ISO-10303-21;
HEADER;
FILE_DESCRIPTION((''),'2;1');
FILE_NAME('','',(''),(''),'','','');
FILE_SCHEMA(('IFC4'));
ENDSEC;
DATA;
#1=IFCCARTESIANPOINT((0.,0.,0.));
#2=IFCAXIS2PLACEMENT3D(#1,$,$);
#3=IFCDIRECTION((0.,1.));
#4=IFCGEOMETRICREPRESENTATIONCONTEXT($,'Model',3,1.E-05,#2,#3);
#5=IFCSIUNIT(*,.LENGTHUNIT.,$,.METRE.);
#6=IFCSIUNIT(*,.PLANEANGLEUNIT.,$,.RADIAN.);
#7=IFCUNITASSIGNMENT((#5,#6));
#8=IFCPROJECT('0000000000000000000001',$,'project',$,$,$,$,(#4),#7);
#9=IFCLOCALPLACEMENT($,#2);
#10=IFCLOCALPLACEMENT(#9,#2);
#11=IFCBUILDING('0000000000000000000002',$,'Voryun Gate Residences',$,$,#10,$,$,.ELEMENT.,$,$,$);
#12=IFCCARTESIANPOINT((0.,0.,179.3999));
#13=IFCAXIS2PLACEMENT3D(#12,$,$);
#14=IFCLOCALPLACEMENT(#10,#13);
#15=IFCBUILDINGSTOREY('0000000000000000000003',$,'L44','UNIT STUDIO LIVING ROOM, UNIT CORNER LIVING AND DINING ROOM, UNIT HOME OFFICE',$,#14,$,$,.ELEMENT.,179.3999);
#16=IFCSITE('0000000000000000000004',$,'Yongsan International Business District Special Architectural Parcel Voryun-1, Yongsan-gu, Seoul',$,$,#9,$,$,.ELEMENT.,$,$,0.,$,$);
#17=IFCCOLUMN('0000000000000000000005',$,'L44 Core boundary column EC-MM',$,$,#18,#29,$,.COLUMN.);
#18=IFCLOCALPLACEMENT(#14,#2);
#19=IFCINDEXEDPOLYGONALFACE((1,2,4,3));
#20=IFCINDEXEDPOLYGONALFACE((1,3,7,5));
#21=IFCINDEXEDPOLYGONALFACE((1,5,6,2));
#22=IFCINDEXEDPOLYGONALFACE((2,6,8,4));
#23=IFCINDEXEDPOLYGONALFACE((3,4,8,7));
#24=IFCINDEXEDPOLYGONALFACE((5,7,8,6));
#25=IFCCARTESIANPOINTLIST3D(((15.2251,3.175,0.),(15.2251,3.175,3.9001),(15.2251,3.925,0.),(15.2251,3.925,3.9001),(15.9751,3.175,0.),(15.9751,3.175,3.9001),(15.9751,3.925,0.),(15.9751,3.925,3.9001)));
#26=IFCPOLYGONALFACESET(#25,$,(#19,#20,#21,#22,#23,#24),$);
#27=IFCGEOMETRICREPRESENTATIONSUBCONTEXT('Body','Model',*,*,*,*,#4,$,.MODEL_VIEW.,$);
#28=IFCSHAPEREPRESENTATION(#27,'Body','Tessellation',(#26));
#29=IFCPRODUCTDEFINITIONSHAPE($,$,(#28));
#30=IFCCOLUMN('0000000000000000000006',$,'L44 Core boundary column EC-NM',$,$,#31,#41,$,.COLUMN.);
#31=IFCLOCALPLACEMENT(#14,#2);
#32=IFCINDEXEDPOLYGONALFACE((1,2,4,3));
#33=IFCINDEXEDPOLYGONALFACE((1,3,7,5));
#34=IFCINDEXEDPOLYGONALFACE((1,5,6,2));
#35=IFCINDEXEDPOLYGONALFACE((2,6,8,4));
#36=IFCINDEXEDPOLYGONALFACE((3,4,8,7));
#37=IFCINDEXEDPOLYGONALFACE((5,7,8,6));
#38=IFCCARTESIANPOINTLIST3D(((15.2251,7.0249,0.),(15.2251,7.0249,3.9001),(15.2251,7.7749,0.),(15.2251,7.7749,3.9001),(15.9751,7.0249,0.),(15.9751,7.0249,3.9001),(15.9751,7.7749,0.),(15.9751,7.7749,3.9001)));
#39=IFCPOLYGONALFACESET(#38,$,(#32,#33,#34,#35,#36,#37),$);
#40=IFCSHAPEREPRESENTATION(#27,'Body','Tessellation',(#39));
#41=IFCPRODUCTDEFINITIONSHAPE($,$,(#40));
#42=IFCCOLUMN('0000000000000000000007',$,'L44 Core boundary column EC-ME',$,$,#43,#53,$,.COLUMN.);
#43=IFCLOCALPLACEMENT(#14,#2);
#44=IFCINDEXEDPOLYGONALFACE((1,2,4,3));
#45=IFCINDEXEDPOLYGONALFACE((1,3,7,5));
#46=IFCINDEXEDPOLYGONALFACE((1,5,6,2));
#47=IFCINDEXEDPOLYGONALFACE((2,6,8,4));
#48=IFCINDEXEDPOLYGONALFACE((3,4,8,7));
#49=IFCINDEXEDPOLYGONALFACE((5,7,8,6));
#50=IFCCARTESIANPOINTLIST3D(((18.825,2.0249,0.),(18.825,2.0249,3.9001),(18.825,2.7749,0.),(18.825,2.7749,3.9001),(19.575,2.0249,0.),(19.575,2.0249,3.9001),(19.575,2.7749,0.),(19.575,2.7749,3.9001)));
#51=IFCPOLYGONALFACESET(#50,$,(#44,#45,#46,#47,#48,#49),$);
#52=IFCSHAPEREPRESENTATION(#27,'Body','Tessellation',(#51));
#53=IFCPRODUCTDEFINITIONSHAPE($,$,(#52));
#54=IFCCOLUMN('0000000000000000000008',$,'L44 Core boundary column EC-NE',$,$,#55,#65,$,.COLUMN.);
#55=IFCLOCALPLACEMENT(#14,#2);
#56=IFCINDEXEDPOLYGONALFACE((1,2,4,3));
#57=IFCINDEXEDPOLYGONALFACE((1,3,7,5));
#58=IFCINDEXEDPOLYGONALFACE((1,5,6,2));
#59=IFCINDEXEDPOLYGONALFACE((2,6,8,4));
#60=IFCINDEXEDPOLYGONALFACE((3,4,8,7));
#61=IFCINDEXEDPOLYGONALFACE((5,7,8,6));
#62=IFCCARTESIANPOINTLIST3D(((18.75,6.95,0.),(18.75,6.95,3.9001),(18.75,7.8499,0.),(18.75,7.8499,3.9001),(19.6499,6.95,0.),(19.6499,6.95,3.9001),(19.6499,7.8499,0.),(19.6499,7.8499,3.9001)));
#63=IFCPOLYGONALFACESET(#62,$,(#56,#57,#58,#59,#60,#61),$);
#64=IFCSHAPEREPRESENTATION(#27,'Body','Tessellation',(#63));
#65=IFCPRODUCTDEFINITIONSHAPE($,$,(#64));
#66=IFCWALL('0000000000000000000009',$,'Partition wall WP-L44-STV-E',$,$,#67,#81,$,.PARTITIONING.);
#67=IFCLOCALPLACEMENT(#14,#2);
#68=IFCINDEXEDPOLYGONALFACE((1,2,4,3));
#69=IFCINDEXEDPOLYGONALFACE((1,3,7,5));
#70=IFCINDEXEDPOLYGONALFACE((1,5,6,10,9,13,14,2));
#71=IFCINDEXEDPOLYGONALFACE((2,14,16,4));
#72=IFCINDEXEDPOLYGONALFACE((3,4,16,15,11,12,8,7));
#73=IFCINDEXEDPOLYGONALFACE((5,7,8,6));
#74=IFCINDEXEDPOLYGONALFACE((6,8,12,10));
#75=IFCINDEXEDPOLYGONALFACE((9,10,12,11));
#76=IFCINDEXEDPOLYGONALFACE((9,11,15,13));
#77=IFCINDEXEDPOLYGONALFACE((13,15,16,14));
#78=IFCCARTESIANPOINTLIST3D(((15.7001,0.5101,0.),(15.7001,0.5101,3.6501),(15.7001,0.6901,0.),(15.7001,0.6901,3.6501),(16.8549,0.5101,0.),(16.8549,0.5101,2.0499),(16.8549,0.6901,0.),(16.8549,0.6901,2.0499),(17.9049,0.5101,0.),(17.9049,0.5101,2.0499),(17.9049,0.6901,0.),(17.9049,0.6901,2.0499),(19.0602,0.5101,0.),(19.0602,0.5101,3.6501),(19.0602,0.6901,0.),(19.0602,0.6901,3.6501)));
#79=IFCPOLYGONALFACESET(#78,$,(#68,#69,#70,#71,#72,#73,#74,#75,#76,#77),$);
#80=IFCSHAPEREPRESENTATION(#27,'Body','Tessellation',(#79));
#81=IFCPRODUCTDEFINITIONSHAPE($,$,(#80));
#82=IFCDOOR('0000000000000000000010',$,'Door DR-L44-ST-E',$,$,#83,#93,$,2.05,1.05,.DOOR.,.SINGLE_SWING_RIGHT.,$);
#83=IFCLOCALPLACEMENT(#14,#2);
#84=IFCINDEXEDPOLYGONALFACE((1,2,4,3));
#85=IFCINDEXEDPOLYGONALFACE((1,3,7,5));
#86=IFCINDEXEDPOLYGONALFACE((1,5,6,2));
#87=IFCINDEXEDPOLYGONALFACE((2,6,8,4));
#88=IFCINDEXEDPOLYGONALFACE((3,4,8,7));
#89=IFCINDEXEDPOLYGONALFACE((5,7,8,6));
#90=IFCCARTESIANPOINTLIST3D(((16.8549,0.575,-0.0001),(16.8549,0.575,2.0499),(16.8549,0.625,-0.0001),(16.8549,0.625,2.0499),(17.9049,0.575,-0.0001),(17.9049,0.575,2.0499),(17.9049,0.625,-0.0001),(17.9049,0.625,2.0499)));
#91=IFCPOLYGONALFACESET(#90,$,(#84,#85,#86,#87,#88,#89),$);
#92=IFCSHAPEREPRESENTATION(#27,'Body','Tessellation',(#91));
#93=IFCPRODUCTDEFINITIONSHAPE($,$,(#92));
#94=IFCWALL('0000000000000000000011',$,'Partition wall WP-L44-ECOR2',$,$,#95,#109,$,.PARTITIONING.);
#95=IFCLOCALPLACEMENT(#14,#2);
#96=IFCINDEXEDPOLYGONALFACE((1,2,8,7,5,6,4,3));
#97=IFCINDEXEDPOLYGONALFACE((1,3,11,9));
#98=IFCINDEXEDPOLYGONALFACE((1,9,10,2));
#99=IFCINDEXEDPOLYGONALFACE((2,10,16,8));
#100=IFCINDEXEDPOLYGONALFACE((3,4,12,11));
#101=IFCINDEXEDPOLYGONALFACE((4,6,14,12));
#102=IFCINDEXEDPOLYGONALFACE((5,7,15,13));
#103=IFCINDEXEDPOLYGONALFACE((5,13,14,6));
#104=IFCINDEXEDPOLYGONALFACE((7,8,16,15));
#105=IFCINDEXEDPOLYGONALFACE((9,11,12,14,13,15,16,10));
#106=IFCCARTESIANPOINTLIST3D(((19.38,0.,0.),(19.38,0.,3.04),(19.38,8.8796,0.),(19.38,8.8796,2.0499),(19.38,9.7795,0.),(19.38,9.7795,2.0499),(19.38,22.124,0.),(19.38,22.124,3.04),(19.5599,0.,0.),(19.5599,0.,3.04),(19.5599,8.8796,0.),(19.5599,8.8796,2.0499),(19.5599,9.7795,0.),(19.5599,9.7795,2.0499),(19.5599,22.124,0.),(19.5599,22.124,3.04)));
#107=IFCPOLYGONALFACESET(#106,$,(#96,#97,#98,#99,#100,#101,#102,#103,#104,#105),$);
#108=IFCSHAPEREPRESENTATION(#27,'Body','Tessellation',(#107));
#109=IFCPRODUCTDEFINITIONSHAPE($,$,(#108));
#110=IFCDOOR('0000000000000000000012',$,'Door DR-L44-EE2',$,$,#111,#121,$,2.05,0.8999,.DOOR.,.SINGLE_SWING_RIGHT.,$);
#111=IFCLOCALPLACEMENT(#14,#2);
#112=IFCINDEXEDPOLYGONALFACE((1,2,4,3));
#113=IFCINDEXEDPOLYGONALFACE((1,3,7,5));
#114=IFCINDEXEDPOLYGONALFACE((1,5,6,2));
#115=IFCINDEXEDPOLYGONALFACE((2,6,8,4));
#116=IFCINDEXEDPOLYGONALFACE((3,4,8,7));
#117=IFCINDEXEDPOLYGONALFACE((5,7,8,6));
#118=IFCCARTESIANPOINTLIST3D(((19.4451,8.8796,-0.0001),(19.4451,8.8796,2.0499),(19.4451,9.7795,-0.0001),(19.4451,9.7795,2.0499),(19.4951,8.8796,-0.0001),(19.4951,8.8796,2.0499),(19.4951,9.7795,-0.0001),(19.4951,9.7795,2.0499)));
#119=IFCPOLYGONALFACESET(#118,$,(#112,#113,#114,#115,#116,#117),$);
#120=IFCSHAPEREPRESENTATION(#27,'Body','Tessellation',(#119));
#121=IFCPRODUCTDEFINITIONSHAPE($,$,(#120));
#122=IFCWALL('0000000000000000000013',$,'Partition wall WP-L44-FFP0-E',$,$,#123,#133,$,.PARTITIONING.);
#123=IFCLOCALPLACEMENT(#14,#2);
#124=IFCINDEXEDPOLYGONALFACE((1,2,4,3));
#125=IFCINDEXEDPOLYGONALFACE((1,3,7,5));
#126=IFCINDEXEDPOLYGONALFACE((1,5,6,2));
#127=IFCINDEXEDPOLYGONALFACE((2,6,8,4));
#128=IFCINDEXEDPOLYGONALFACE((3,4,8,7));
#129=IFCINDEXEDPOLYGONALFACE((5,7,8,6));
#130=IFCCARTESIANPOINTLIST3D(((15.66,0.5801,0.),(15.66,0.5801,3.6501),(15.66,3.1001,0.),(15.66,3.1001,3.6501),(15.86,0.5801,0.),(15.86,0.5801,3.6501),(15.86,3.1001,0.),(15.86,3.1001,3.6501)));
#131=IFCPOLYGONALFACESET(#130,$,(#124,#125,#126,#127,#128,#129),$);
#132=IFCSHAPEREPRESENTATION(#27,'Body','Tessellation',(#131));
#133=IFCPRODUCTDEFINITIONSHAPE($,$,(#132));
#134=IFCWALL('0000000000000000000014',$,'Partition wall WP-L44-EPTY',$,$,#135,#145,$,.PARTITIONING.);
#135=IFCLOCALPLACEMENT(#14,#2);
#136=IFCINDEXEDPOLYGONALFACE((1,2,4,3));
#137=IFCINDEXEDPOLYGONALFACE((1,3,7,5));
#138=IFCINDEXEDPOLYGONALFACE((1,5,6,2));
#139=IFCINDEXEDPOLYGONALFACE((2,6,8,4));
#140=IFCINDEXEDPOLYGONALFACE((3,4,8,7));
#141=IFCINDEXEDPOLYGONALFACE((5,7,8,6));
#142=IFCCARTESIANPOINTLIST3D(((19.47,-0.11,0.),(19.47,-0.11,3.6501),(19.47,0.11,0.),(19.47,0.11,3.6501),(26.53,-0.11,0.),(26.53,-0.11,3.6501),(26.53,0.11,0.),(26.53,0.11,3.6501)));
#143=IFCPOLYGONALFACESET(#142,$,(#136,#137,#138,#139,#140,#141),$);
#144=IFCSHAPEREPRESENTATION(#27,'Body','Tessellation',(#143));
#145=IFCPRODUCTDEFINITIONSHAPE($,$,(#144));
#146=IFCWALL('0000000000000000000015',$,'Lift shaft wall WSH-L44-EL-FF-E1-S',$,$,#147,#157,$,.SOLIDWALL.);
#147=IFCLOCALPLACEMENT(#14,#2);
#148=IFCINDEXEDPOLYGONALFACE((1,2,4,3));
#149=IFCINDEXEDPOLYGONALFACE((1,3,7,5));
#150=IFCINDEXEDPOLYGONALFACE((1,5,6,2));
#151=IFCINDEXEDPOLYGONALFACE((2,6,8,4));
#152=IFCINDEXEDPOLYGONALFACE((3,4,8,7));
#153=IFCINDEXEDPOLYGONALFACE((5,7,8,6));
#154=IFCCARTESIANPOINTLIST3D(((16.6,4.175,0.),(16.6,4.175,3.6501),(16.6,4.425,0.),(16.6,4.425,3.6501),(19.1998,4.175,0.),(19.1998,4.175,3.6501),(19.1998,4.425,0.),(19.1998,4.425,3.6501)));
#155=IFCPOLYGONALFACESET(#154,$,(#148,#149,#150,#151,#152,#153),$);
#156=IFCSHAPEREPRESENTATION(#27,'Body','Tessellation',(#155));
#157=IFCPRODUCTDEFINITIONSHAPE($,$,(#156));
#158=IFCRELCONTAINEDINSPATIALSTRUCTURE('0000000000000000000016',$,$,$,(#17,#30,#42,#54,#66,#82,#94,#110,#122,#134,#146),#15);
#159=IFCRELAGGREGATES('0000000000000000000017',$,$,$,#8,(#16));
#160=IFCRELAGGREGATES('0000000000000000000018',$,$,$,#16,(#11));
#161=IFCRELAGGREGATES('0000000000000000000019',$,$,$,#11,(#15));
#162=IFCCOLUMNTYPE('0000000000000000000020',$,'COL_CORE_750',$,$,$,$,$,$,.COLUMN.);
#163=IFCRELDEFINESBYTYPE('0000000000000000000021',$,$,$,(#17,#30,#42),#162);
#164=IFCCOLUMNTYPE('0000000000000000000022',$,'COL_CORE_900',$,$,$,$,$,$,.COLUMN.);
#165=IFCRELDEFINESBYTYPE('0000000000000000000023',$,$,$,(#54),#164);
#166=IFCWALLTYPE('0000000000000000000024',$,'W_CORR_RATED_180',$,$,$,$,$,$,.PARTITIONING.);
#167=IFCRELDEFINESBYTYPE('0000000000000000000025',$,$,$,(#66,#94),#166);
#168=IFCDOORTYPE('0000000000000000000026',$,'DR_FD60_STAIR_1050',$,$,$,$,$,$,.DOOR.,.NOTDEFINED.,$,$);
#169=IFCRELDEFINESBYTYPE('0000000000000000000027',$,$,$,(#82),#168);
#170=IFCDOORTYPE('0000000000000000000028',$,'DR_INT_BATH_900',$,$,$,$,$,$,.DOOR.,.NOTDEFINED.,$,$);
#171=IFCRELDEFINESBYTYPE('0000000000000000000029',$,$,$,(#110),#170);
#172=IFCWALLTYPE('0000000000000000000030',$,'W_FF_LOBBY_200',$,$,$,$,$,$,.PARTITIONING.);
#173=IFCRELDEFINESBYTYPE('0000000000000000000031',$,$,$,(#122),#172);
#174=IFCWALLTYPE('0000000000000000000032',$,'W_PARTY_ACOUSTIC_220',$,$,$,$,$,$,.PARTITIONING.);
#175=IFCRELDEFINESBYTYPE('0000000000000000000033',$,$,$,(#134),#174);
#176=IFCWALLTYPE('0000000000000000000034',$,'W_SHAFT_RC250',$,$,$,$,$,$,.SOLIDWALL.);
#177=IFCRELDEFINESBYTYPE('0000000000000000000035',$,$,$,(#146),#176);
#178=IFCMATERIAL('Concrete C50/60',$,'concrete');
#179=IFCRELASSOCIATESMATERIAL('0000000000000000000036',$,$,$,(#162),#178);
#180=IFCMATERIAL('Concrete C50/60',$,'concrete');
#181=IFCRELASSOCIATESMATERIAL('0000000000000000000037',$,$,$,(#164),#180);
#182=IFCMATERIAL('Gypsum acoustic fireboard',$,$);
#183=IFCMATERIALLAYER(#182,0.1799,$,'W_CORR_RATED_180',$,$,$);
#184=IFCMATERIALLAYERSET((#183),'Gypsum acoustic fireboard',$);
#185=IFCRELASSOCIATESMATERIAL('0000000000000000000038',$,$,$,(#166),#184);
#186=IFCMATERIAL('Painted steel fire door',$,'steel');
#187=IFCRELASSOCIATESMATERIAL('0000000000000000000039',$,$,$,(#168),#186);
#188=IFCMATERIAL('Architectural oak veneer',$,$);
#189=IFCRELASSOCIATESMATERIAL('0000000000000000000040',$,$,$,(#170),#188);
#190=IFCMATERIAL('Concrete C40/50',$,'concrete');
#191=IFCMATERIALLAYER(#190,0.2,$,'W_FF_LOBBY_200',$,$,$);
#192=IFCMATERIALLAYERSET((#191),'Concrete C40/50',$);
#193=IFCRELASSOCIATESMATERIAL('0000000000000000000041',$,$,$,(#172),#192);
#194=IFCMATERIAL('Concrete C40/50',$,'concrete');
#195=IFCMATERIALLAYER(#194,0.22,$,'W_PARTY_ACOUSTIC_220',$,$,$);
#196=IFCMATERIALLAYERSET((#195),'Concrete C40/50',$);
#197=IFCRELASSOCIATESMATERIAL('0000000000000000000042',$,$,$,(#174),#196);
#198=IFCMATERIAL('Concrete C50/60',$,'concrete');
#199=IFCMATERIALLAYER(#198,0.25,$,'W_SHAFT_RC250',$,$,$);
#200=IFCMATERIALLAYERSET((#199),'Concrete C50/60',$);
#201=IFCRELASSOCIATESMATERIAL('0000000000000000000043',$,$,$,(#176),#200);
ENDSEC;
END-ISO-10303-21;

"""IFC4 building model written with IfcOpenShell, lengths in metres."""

from ifc_helpers import new_model, si_unit, direction, frame, frame_2d, origin, origin_2d, place, context, subcontext, project, spatial, rectangle, extrude, material, layer, layer_set, material_profile, profile_set, type_object, element, fill, save


model = new_model("IFC4")

# Units and contexts
model_context = context("Model", 3, precision=1e-05, world=origin(), true_north=direction((0.0, 1.0)))
body_context = subcontext(model_context, "Body", "Model", "MODEL_VIEW")
ifc_project = project(units=[si_unit("LENGTHUNIT", "METRE"), si_unit("PLANEANGLEUNIT", "RADIAN")], contexts=[model_context])

# Site, building, storey
site_placement = place(None, origin())
site = spatial("IfcSite", under=ifc_project, at=site_placement, Name="Yongsan International Business District Special Architectural Parcel Voryun-1, Yongsan-gu, Seoul", CompositionType="ELEMENT", RefElevation=0.0)
building_placement = place(site_placement, origin())
building = spatial("IfcBuilding", under=site, at=building_placement, Name="Voryun Gate Residences", CompositionType="ELEMENT")
storey_placement = place(building_placement, frame((0.0, 0.0, 179.3999)))
storey = spatial("IfcBuildingStorey", under=building, at=storey_placement, Name="L44", Description="UNIT STUDIO LIVING ROOM, UNIT CORNER LIVING AND DINING ROOM, UNIT HOME OFFICE", CompositionType="ELEMENT", Elevation=179.3999)

# Columns
ifc_material_1 = material(Name="Concrete C50/60", Category="concrete")
ifc_material_profile_1 = material_profile(ifc_material_1, rectangle(XDim=0.75, YDim=0.75, at=origin_2d()), Name="RC-750x750")
ifc_profile_set_1 = profile_set([ifc_material_profile_1], Name="Concrete C50/60")
column_type_1 = type_object("IfcColumnType", Name="COL_CORE_750", PredefinedType="COLUMN", material=ifc_profile_set_1)
for number, where, z_axis, x_axis, name in (
    (1, (15.6001, 3.55, 0.0), (0.0, 0.0, 1.0), (1.0, 0.0, 0.0), "L44 Core boundary column EC-MM"),
    (2, (15.6001, 7.3999, 0.0), (0.0, 0.0, 1.0), (1.0, 0.0, 0.0), "L44 Core boundary column EC-NM"),
    (3, (19.2, 2.3999, 0.0), (0.0, 0.0, 1.0), (1.0, 0.0, 0.0), "L44 Core boundary column EC-ME"),
):
    element("IfcColumn", number, at=place(storey_placement, frame(where, z_axis=z_axis, x_axis=x_axis)), inside=storey, type_object=column_type_1, Name=name, PredefinedType="COLUMN", context=body_context, shape_type="SweptSolid", body=[
        extrude(rectangle(XDim=0.75, YDim=0.75, at=origin_2d()), origin(), (0.0, 0.0, 1.0), 3.9001),
    ])
ifc_material_2 = material(Name="Concrete C50/60", Category="concrete")
ifc_material_profile_2 = material_profile(ifc_material_2, rectangle(XDim=0.8999, YDim=0.8999, at=origin_2d()), Name="RC-900x900")
ifc_profile_set_2 = profile_set([ifc_material_profile_2], Name="Concrete C50/60")
column_type_2 = type_object("IfcColumnType", Name="COL_CORE_900", PredefinedType="COLUMN", material=ifc_profile_set_2)
column_placement = place(storey_placement, frame((19.2, 7.3999, 0.0), z_axis=(0.0, 0.0, 1.0), x_axis=(1.0, 0.0, 0.0)))
element("IfcColumn", 4, at=column_placement, inside=storey, type_object=column_type_2, Name="L44 Core boundary column EC-NE", PredefinedType="COLUMN", context=body_context, shape_type="SweptSolid", body=[
    extrude(rectangle(XDim=0.8999, YDim=0.8999, at=origin_2d()), origin(), (0.0, 0.0, 1.0), 3.9001),
])

# Walls, openings, doors
ifc_material_3 = material(Name="Gypsum acoustic fireboard")
ifc_layer_1 = layer(ifc_material_3, 0.1799, Name="W_CORR_RATED_180")
ifc_layer_set_1 = layer_set([ifc_layer_1], Name="Gypsum acoustic fireboard")
wall_type_1 = type_object("IfcWallType", Name="W_CORR_RATED_180", PredefinedType="PARTITIONING", material=ifc_layer_set_1)
wall_1_placement = place(storey_placement, frame((15.7, 0.6001, 0.0), z_axis=(0.0, 0.0, 1.0), x_axis=(1.0, 0.0, 0.0)))
wall_1 = element("IfcWall", 5, at=wall_1_placement, inside=storey, type_object=wall_type_1, Name="Partition wall WP-L44-STV-E", PredefinedType="PARTITIONING", context=body_context, shape_type="SweptSolid", body=[
    extrude(rectangle(XDim=3.3601, YDim=0.1799, at=frame_2d((1.6802, 0.0))), origin(), (0.0, 0.0, 1.0), 3.6501),
])
opening_1_placement = place(wall_1_placement, frame((1.155, 0.0, 0.0)))
opening_1 = element("IfcOpeningElement", 6, at=opening_1_placement, cuts=wall_1, PredefinedType="OPENING", context=body_context, shape_type="SweptSolid", body=[
    extrude(rectangle(XDim=1.05, YDim=2.05, at=frame_2d((0.5249, 1.0249))), frame((0.0, 0.0999, 0.0), z_axis=(0.0, -1.0, 0.0), x_axis=(1.0, 0.0, 0.0)), (0.0, 0.0, 1.0), 0.2),
])
ifc_material_4 = material(Name="Painted steel fire door", Category="steel")
door_type_1 = type_object("IfcDoorType", Name="DR_FD60_STAIR_1050", OperationType="NOTDEFINED", PredefinedType="DOOR", material=ifc_material_4)
door_1_placement = place(opening_1_placement, origin())
door_1 = element("IfcDoor", 7, at=door_1_placement, inside=storey, type_object=door_type_1, Name="Door DR-L44-ST-E", OperationType="SINGLE_SWING_RIGHT", OverallHeight=2.05, OverallWidth=1.05, PredefinedType="DOOR", context=body_context, shape_type="SweptSolid", body=[
    extrude(rectangle(XDim=1.05, YDim=2.05, at=frame_2d((0.5249, 1.0249))), frame((0.0, 0.0249, 0.0), z_axis=(0.0, -1.0, 0.0), x_axis=(1.0, 0.0, 0.0)), (0.0, 0.0, 1.0), 0.05),
])
fill(opening_1, door_1)
wall_2_placement = place(storey_placement, frame((19.47, 0.0, 0.0), z_axis=(0.0, 0.0, 1.0), x_axis=(0.0, 1.0, 0.0)))
wall_2 = element("IfcWall", 8, at=wall_2_placement, inside=storey, type_object=wall_type_1, Name="Partition wall WP-L44-ECOR2", PredefinedType="PARTITIONING", context=body_context, shape_type="SweptSolid", body=[
    extrude(rectangle(XDim=22.124, YDim=0.1799, at=frame_2d((11.062, 0.0))), origin(), (0.0, 0.0, 1.0), 3.04),
])
opening_2_placement = place(wall_2_placement, frame((8.8796, 0.0, 0.0)))
opening_2 = element("IfcOpeningElement", 9, at=opening_2_placement, cuts=wall_2, PredefinedType="OPENING", context=body_context, shape_type="SweptSolid", body=[
    extrude(rectangle(XDim=0.8999, YDim=2.05, at=frame_2d((0.45, 1.0249))), frame((0.0, 0.0999, 0.0), z_axis=(0.0, -1.0, 0.0), x_axis=(1.0, 0.0, 0.0)), (0.0, 0.0, 1.0), 0.2),
])
ifc_material_5 = material(Name="Architectural oak veneer")
door_type_2 = type_object("IfcDoorType", Name="DR_INT_BATH_900", OperationType="NOTDEFINED", PredefinedType="DOOR", material=ifc_material_5)
door_2_placement = place(opening_2_placement, origin())
door_2 = element("IfcDoor", 10, at=door_2_placement, inside=storey, type_object=door_type_2, Name="Door DR-L44-EE2", OperationType="SINGLE_SWING_RIGHT", OverallHeight=2.05, OverallWidth=0.8999, PredefinedType="DOOR", context=body_context, shape_type="SweptSolid", body=[
    extrude(rectangle(XDim=0.8999, YDim=2.05, at=frame_2d((0.45, 1.0249))), frame((0.0, 0.0249, 0.0), z_axis=(0.0, -1.0, 0.0), x_axis=(1.0, 0.0, 0.0)), (0.0, 0.0, 1.0), 0.05),
])
fill(opening_2, door_2)

# Walls
ifc_material_6 = material(Name="Concrete C40/50", Category="concrete")
ifc_layer_2 = layer(ifc_material_6, 0.2, Name="W_FF_LOBBY_200")
ifc_layer_set_2 = layer_set([ifc_layer_2], Name="Concrete C40/50")
wall_type_2 = type_object("IfcWallType", Name="W_FF_LOBBY_200", PredefinedType="PARTITIONING", material=ifc_layer_set_2)
wall_3_placement = place(storey_placement, frame((15.76, 0.5801, 0.0), z_axis=(0.0, 0.0, 1.0), x_axis=(0.0, 1.0, 0.0)))
element("IfcWall", 11, at=wall_3_placement, inside=storey, type_object=wall_type_2, Name="Partition wall WP-L44-FFP0-E", PredefinedType="PARTITIONING", context=body_context, shape_type="SweptSolid", body=[
    extrude(rectangle(XDim=2.52, YDim=0.2, at=frame_2d((1.26, 0.0))), origin(), (0.0, 0.0, 1.0), 3.6501),
])
ifc_material_7 = material(Name="Concrete C40/50", Category="concrete")
ifc_layer_3 = layer(ifc_material_7, 0.22, Name="W_PARTY_ACOUSTIC_220")
ifc_layer_set_3 = layer_set([ifc_layer_3], Name="Concrete C40/50")
wall_type_3 = type_object("IfcWallType", Name="W_PARTY_ACOUSTIC_220", PredefinedType="PARTITIONING", material=ifc_layer_set_3)
wall_4_placement = place(storey_placement, frame((19.47, 0.0, 0.0), z_axis=(0.0, 0.0, 1.0), x_axis=(1.0, 0.0, 0.0)))
element("IfcWall", 12, at=wall_4_placement, inside=storey, type_object=wall_type_3, Name="Partition wall WP-L44-EPTY", PredefinedType="PARTITIONING", context=body_context, shape_type="SweptSolid", body=[
    extrude(rectangle(XDim=7.0601, YDim=0.22, at=frame_2d((3.53, 0.0))), origin(), (0.0, 0.0, 1.0), 3.6501),
])
ifc_material_8 = material(Name="Concrete C50/60", Category="concrete")
ifc_layer_4 = layer(ifc_material_8, 0.25, Name="W_SHAFT_RC250")
ifc_layer_set_4 = layer_set([ifc_layer_4], Name="Concrete C50/60")
wall_type_4 = type_object("IfcWallType", Name="W_SHAFT_RC250", PredefinedType="SOLIDWALL", material=ifc_layer_set_4)
wall_5_placement = place(storey_placement, frame((16.6001, 4.3, 0.0), z_axis=(0.0, 0.0, 1.0), x_axis=(1.0, 0.0, 0.0)))
element("IfcWall", 13, at=wall_5_placement, inside=storey, type_object=wall_type_4, Name="Lift shaft wall WSH-L44-EL-FF-E1-S", PredefinedType="SOLIDWALL", context=body_context, shape_type="SweptSolid", body=[
    extrude(rectangle(XDim=2.5999, YDim=0.25, at=frame_2d((1.2998, 0.0))), origin(), (0.0, 0.0, 1.0), 3.6501),
])

save(model, "model.ifc")
